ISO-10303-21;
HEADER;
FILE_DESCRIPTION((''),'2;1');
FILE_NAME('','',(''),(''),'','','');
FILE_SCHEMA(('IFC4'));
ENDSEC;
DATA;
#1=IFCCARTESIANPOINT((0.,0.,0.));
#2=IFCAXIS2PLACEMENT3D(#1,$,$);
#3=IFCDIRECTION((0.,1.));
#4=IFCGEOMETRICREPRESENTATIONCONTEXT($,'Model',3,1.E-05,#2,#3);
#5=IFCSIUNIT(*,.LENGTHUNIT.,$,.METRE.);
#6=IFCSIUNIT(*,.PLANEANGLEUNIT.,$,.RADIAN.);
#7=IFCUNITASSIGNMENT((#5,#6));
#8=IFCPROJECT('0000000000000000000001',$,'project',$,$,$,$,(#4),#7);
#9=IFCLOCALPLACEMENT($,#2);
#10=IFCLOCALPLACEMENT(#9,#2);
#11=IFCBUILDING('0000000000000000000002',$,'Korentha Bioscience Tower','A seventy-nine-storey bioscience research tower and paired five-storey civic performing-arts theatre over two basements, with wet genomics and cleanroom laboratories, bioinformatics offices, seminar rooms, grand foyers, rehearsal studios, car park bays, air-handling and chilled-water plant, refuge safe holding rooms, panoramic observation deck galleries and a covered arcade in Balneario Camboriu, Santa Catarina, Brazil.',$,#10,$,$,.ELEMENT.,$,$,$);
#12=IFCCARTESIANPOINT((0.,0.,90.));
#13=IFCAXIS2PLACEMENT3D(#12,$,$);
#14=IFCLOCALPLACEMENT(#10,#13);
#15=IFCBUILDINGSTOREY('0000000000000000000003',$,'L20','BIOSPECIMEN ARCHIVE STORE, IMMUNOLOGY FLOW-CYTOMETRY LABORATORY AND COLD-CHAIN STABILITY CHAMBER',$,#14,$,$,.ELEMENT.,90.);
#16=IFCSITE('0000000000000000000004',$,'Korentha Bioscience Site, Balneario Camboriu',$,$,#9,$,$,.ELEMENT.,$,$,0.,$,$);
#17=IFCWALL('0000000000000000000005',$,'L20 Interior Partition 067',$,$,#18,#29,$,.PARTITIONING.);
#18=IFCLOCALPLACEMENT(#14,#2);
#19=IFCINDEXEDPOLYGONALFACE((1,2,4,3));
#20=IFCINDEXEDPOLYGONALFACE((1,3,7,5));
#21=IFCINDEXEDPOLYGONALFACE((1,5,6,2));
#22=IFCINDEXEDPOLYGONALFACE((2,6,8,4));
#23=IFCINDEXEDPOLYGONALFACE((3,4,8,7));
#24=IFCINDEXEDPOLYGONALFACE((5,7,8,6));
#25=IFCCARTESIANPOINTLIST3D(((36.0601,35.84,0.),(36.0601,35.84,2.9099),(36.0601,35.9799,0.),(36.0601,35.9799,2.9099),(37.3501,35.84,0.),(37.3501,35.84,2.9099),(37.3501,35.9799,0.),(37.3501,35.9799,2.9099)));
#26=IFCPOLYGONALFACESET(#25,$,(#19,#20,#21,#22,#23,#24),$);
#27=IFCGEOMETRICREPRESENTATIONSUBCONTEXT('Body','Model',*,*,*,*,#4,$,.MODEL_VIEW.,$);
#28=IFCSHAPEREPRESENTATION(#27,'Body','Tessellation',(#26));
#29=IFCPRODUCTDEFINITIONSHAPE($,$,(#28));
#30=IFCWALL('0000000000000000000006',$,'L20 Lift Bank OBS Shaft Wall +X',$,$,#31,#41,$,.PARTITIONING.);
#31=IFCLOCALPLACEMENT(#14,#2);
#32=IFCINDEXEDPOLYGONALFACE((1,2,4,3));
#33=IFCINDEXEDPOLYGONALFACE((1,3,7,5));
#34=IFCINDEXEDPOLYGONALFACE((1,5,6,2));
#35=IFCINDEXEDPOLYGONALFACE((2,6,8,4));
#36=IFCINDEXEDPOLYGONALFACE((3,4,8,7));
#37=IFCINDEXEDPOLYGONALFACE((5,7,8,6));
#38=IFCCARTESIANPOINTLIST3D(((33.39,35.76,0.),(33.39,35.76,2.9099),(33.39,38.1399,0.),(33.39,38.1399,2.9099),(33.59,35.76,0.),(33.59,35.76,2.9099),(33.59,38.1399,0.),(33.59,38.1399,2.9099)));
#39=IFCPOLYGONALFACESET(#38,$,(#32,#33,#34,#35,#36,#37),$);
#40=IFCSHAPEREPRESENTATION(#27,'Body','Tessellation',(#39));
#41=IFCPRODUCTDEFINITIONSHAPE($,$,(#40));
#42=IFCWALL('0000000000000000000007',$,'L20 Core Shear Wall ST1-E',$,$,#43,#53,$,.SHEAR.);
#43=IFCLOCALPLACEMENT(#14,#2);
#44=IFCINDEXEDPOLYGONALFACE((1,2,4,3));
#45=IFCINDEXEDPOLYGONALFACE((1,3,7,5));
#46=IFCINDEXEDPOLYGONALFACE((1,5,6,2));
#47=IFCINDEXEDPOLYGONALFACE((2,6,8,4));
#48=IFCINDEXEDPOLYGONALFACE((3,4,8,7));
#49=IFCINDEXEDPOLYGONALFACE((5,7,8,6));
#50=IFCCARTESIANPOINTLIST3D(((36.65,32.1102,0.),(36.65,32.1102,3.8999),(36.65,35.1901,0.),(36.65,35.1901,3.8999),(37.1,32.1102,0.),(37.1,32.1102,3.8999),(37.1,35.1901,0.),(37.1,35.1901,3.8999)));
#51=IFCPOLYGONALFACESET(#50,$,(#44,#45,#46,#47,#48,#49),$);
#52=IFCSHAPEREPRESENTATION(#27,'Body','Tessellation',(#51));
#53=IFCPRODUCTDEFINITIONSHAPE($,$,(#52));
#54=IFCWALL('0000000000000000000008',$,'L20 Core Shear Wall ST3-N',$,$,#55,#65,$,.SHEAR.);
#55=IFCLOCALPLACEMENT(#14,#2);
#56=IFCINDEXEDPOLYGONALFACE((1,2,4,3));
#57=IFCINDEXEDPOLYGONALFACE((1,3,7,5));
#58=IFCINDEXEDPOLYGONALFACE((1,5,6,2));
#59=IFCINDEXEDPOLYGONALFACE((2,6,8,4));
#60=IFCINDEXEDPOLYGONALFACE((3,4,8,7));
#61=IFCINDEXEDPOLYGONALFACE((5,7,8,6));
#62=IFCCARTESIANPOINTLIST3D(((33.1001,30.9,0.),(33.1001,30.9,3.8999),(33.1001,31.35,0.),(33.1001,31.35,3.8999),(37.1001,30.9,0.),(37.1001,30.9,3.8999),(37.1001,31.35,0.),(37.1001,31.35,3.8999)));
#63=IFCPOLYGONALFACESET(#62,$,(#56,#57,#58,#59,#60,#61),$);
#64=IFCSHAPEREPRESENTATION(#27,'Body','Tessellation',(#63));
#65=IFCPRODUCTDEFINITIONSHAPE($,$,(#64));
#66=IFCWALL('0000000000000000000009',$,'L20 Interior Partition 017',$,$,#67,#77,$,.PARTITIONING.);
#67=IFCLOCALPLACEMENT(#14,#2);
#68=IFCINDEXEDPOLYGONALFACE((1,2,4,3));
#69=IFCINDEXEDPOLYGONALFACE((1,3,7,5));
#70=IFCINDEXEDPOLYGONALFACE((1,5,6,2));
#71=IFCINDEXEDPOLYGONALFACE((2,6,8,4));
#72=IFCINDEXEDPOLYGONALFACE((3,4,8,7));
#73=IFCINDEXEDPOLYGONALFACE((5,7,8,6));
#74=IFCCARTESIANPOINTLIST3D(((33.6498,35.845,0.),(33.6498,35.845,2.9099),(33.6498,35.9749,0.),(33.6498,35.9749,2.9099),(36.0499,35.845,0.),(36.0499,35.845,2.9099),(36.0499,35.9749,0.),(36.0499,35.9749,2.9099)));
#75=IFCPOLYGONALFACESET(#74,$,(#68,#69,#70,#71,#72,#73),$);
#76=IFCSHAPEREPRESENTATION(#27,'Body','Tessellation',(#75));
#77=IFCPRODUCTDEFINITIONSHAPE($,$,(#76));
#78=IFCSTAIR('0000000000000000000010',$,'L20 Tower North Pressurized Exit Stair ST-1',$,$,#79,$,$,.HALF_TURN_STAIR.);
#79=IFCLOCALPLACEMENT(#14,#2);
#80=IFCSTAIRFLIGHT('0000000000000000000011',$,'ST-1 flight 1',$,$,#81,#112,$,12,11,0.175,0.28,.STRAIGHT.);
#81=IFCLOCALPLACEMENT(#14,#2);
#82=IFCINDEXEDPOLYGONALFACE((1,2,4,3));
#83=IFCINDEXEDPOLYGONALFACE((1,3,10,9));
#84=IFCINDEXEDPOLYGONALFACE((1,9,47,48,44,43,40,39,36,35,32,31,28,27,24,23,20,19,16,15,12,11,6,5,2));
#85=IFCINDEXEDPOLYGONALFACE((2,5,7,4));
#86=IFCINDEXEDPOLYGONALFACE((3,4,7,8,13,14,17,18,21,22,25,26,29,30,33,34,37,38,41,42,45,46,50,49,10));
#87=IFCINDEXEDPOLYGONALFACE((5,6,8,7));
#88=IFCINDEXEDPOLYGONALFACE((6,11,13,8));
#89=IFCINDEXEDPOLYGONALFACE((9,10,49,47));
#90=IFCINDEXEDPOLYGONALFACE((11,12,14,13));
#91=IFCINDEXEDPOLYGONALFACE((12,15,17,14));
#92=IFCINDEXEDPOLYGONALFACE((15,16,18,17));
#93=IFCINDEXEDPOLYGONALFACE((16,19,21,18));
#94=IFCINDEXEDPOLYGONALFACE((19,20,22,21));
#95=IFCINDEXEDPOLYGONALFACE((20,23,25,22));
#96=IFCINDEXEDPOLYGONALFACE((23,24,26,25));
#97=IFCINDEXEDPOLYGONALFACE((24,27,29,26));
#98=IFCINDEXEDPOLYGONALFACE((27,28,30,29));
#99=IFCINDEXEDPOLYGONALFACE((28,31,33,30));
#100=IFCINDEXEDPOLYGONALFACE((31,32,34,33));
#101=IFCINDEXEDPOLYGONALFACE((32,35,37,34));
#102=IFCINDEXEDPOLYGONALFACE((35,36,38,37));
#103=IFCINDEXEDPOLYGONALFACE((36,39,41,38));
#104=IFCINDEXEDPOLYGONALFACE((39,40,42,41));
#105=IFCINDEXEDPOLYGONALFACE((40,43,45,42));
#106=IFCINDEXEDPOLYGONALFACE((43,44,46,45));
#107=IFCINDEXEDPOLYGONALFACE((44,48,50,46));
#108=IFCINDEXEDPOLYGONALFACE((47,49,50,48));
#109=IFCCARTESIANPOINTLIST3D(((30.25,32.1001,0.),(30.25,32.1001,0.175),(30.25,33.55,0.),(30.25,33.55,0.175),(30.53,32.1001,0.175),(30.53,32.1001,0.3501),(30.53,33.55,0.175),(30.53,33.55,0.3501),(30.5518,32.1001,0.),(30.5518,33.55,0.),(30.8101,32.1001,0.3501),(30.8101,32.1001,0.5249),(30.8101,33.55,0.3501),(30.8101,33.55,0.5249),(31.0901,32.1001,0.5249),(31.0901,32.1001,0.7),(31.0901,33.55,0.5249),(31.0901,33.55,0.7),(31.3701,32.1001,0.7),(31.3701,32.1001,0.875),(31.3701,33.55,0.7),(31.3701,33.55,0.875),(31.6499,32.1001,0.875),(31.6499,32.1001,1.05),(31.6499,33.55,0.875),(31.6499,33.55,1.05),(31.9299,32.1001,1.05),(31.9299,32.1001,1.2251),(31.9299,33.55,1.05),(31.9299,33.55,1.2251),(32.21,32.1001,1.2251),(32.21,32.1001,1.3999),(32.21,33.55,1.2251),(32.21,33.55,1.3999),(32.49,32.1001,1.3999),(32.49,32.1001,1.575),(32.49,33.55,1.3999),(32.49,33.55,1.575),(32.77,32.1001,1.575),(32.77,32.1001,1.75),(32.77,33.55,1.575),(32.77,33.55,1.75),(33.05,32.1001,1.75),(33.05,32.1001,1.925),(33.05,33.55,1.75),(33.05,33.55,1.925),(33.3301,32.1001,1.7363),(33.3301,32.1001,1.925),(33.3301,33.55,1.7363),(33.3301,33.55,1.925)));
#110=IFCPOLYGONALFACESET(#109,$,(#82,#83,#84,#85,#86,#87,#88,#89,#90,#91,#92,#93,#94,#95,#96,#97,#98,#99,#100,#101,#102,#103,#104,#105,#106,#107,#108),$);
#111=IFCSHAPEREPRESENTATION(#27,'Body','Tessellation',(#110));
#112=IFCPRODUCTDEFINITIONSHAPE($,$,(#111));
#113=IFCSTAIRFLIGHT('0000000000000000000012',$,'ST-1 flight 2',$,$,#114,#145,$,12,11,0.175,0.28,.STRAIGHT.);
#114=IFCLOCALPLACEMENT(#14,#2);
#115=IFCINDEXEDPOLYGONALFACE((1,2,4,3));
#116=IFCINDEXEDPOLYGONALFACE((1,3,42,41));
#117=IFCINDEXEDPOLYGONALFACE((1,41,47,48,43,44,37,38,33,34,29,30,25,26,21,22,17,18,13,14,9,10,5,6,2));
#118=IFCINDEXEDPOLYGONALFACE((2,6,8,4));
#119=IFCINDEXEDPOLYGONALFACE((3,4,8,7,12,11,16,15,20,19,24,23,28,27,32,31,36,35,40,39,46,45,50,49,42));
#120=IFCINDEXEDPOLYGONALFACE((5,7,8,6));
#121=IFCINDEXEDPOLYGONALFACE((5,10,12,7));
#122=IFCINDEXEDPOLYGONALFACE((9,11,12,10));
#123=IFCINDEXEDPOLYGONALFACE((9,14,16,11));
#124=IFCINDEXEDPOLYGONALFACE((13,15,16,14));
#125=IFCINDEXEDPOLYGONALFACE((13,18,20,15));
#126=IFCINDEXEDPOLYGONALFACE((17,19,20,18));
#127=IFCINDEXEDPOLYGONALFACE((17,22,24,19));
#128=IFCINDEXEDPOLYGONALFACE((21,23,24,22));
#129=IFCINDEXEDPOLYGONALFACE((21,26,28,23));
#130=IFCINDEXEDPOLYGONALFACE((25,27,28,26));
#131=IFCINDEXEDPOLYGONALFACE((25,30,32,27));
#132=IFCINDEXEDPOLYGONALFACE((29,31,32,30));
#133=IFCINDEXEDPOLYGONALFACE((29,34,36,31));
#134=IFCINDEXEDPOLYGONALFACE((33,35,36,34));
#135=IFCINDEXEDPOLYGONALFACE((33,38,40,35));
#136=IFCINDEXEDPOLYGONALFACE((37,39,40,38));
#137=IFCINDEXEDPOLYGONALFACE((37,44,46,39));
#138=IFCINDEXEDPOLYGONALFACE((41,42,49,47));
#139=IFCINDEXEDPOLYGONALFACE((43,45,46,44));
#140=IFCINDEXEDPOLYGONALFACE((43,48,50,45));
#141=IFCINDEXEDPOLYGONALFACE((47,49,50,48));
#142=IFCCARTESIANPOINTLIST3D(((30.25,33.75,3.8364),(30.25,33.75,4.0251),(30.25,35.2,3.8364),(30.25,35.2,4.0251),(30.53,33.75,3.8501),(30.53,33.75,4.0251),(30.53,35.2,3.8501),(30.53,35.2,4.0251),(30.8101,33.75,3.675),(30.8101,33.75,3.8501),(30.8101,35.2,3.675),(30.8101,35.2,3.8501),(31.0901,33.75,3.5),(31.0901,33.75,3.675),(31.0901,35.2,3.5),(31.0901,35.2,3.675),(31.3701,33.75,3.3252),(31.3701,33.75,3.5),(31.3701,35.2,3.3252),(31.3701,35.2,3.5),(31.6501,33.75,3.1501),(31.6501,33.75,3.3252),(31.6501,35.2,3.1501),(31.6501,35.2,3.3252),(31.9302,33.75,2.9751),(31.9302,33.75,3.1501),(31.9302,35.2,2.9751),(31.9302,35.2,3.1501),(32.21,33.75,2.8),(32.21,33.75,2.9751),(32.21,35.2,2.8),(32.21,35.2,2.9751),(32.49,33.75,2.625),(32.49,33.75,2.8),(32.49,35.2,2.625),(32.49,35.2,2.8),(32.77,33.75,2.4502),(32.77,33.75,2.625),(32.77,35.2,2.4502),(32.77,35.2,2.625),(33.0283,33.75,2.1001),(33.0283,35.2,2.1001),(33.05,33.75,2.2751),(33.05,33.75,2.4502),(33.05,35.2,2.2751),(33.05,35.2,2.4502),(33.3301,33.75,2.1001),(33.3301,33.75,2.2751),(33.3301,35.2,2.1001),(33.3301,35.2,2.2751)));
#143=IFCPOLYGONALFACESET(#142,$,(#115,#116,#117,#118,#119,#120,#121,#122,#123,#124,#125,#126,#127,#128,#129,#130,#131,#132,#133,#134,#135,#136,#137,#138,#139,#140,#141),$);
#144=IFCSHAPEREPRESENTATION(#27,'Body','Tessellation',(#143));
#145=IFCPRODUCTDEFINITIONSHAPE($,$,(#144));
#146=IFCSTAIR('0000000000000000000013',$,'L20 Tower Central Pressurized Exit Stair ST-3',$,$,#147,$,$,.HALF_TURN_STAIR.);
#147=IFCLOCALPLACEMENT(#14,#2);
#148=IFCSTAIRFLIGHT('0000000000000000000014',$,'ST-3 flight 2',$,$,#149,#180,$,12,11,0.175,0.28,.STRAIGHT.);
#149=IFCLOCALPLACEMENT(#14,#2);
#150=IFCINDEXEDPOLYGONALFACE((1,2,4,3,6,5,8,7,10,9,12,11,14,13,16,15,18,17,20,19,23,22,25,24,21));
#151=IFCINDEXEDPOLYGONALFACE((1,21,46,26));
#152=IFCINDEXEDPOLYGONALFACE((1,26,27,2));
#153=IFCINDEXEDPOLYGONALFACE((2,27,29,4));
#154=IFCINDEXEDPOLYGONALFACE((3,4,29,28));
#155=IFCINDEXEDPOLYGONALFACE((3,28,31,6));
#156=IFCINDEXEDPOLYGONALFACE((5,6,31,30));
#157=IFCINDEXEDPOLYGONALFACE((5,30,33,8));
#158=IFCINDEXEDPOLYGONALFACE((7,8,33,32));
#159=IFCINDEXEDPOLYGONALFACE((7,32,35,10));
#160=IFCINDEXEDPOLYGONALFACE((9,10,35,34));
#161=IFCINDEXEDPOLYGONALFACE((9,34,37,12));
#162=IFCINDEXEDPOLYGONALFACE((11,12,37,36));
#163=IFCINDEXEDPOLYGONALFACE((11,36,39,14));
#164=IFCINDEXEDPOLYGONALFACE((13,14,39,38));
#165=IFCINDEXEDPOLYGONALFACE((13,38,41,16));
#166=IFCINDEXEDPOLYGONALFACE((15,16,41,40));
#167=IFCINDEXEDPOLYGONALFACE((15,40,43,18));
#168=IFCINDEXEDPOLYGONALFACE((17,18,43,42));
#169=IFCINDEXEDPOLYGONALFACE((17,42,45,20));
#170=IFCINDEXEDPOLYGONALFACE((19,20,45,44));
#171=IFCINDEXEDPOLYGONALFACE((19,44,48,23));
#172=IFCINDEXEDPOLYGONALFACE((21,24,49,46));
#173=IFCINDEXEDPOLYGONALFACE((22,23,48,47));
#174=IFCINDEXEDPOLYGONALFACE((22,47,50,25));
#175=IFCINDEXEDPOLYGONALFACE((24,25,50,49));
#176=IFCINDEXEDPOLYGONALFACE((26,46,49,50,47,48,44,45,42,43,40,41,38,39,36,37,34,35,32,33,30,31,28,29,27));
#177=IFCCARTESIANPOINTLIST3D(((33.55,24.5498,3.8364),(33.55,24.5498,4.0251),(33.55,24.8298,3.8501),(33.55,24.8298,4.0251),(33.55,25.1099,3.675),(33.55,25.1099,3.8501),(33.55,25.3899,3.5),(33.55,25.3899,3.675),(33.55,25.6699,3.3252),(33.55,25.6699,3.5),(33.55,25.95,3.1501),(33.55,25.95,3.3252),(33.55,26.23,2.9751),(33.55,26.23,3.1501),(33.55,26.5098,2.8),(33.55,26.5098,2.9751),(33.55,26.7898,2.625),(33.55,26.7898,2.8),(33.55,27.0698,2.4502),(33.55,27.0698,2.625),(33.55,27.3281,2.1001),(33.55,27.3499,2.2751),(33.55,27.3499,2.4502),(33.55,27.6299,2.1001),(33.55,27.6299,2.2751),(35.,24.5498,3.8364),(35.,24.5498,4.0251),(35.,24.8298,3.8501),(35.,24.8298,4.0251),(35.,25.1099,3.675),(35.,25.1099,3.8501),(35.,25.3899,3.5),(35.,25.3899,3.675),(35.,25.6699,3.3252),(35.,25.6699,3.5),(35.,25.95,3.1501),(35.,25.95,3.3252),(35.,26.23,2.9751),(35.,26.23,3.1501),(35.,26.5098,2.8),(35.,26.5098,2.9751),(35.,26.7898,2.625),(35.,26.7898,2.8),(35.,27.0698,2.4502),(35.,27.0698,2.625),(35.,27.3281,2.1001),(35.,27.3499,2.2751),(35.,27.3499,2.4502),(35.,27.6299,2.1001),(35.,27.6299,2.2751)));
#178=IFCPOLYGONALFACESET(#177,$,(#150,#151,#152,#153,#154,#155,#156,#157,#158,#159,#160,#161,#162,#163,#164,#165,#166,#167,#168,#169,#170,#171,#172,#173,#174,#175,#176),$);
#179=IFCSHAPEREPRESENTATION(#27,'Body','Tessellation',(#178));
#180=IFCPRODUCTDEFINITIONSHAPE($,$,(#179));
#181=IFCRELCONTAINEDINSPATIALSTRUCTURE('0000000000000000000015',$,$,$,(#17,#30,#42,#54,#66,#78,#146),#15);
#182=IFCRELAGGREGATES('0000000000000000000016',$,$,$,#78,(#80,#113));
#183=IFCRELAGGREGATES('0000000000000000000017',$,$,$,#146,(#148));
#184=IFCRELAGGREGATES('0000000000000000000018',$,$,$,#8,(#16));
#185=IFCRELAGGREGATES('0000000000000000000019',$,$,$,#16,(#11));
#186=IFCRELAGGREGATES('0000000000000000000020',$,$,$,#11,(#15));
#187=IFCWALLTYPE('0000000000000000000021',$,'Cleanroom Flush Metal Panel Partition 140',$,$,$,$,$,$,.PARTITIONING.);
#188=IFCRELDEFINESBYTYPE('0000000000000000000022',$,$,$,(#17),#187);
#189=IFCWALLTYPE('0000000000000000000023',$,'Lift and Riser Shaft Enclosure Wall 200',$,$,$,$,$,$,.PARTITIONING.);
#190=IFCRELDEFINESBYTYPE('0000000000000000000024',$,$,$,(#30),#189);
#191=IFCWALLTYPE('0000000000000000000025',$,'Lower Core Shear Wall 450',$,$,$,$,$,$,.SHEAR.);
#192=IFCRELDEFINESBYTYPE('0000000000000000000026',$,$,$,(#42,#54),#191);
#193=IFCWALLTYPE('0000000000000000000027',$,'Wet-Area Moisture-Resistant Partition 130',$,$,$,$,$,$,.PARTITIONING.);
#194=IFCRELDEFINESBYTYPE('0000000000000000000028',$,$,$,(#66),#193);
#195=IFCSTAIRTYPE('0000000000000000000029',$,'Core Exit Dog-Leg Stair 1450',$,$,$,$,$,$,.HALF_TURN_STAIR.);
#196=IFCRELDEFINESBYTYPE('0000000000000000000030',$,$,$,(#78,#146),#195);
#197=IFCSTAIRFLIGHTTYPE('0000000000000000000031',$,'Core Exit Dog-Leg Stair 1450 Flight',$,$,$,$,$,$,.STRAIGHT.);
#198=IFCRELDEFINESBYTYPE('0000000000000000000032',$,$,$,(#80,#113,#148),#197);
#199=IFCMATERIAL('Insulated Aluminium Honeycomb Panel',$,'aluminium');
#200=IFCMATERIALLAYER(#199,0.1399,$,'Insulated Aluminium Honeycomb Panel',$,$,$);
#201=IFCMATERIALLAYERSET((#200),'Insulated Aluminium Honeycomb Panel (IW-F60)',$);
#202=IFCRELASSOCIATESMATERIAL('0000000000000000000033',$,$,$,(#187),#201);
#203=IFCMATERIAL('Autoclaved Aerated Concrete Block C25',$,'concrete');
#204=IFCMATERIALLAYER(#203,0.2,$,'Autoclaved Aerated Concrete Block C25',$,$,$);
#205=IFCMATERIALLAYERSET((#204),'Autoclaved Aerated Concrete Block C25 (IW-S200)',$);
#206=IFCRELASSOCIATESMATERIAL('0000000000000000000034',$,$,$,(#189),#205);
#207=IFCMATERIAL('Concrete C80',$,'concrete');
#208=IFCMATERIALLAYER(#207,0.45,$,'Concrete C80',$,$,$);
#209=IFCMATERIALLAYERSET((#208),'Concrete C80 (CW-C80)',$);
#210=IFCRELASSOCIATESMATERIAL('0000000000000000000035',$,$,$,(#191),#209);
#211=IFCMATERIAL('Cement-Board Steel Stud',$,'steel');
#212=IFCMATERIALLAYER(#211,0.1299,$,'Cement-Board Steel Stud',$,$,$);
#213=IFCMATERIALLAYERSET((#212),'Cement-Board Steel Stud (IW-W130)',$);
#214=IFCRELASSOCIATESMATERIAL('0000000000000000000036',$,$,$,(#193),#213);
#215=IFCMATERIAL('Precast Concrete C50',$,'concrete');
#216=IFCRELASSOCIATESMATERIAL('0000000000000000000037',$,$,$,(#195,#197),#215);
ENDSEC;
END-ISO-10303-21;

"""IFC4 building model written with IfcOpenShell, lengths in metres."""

from ifc_helpers import new_model, si_unit, direction, frame, frame_2d, origin, place, context, subcontext, project, spatial, polyline, rectangle, outline, extrude, material, layer, layer_set, type_object, element, aggregate, save


model = new_model("IFC4")

# Units and contexts
model_context = context("Model", 3, precision=1e-05, world=origin(), true_north=direction((0.0, 1.0)))
body_context = subcontext(model_context, "Body", "Model", "MODEL_VIEW")
ifc_project = project(units=[si_unit("LENGTHUNIT", "METRE"), si_unit("PLANEANGLEUNIT", "RADIAN")], contexts=[model_context])

# Site, building, storey
site_placement = place(None, origin())
site = spatial("IfcSite", under=ifc_project, at=site_placement, Name="Korentha Bioscience Site, Balneario Camboriu", CompositionType="ELEMENT", RefElevation=0.0)
building_placement = place(site_placement, origin())
building = spatial("IfcBuilding", under=site, at=building_placement, Name="Korentha Bioscience Tower", Description="A seventy-nine-storey bioscience research tower and paired five-storey civic performing-arts theatre over two basements, with wet genomics and cleanroom laboratories, bioinformatics offices, seminar rooms, grand foyers, rehearsal studios, car park bays, air-handling and chilled-water plant, refuge safe holding rooms, panoramic observation deck galleries and a covered arcade in Balneario Camboriu, Santa Catarina, Brazil.", CompositionType="ELEMENT")
storey_placement = place(building_placement, frame((0.0, 0.0, 90.0)))
storey = spatial("IfcBuildingStorey", under=building, at=storey_placement, Name="L20", Description="BIOSPECIMEN ARCHIVE STORE, IMMUNOLOGY FLOW-CYTOMETRY LABORATORY AND COLD-CHAIN STABILITY CHAMBER", CompositionType="ELEMENT", Elevation=90.0)

# Walls
ifc_material_1 = material(Name="Insulated Aluminium Honeycomb Panel", Category="aluminium")
ifc_layer_1 = layer(ifc_material_1, 0.1399, Name="Insulated Aluminium Honeycomb Panel")
ifc_layer_set_1 = layer_set([ifc_layer_1], Name="Insulated Aluminium Honeycomb Panel (IW-F60)")
wall_type_1 = type_object("IfcWallType", Name="Cleanroom Flush Metal Panel Partition 140", PredefinedType="PARTITIONING", material=ifc_layer_set_1)
wall_1_placement = place(storey_placement, frame((37.3501, 35.9099, 0.0), z_axis=(0.0, 0.0, 1.0), x_axis=(-1.0, 0.0, 0.0)))
element("IfcWall", 1, at=wall_1_placement, inside=storey, type_object=wall_type_1, Name="L20 Interior Partition 067", PredefinedType="PARTITIONING", context=body_context, shape_type="SweptSolid", body=[
    extrude(rectangle(XDim=1.29, YDim=0.1399, at=frame_2d((0.645, 0.0))), origin(), (0.0, 0.0, 1.0), 2.9099),
])
ifc_material_2 = material(Name="Autoclaved Aerated Concrete Block C25", Category="concrete")
ifc_layer_2 = layer(ifc_material_2, 0.2, Name="Autoclaved Aerated Concrete Block C25")
ifc_layer_set_2 = layer_set([ifc_layer_2], Name="Autoclaved Aerated Concrete Block C25 (IW-S200)")
wall_type_2 = type_object("IfcWallType", Name="Lift and Riser Shaft Enclosure Wall 200", PredefinedType="PARTITIONING", material=ifc_layer_set_2)
wall_2_placement = place(storey_placement, frame((33.49, 35.76, 0.0), z_axis=(0.0, 0.0, 1.0), x_axis=(0.0, 1.0, 0.0)))
element("IfcWall", 2, at=wall_2_placement, inside=storey, type_object=wall_type_2, Name="L20 Lift Bank OBS Shaft Wall +X", PredefinedType="PARTITIONING", context=body_context, shape_type="SweptSolid", body=[
    extrude(rectangle(XDim=2.3799, YDim=0.2, at=frame_2d((1.1899, 0.0))), origin(), (0.0, 0.0, 1.0), 2.9099),
])
ifc_material_3 = material(Name="Concrete C80", Category="concrete")
ifc_layer_3 = layer(ifc_material_3, 0.45, Name="Concrete C80")
ifc_layer_set_3 = layer_set([ifc_layer_3], Name="Concrete C80 (CW-C80)")
wall_type_3 = type_object("IfcWallType", Name="Lower Core Shear Wall 450", PredefinedType="SHEAR", material=ifc_layer_set_3)
wall_3_placement = place(storey_placement, frame((36.875, 32.1101, 0.0), z_axis=(0.0, 0.0, 1.0), x_axis=(0.0, 1.0, 0.0)))
element("IfcWall", 3, at=wall_3_placement, inside=storey, type_object=wall_type_3, Name="L20 Core Shear Wall ST1-E", PredefinedType="SHEAR", context=body_context, shape_type="SweptSolid", body=[
    extrude(rectangle(XDim=3.0798, YDim=0.45, at=frame_2d((1.54, 0.0))), origin(), (0.0, 0.0, 1.0), 3.8999),
])
wall_4_placement = place(storey_placement, frame((33.1001, 31.125, 0.0), z_axis=(0.0, 0.0, 1.0), x_axis=(1.0, 0.0, 0.0)))
element("IfcWall", 4, at=wall_4_placement, inside=storey, type_object=wall_type_3, Name="L20 Core Shear Wall ST3-N", PredefinedType="SHEAR", context=body_context, shape_type="SweptSolid", body=[
    extrude(rectangle(XDim=4.0, YDim=0.45, at=frame_2d((2.0, 0.0))), origin(), (0.0, 0.0, 1.0), 3.8999),
])
ifc_material_4 = material(Name="Cement-Board Steel Stud", Category="steel")
ifc_layer_4 = layer(ifc_material_4, 0.1299, Name="Cement-Board Steel Stud")
ifc_layer_set_4 = layer_set([ifc_layer_4], Name="Cement-Board Steel Stud (IW-W130)")
wall_type_4 = type_object("IfcWallType", Name="Wet-Area Moisture-Resistant Partition 130", PredefinedType="PARTITIONING", material=ifc_layer_set_4)
wall_5_placement = place(storey_placement, frame((36.05, 35.9099, 0.0), z_axis=(0.0, 0.0, 1.0), x_axis=(-1.0, 0.0, 0.0)))
element("IfcWall", 5, at=wall_5_placement, inside=storey, type_object=wall_type_4, Name="L20 Interior Partition 017", PredefinedType="PARTITIONING", context=body_context, shape_type="SweptSolid", body=[
    extrude(rectangle(XDim=2.4001, YDim=0.1299, at=frame_2d((1.2002, 0.0))), origin(), (0.0, 0.0, 1.0), 2.9099),
])

# Stair, stair flights
ifc_material_5 = material(Name="Precast Concrete C50", Category="concrete")
stair_type = type_object("IfcStairType", Name="Core Exit Dog-Leg Stair 1450", PredefinedType="HALF_TURN_STAIR", material=ifc_material_5)
stair_1_placement = place(storey_placement, origin())
stair_1 = element("IfcStair", 6, at=stair_1_placement, inside=storey, type_object=stair_type, Name="L20 Tower North Pressurized Exit Stair ST-1", PredefinedType="HALF_TURN_STAIR")
stair_flight_type = type_object("IfcStairFlightType", Name="Core Exit Dog-Leg Stair 1450 Flight", PredefinedType="STRAIGHT", material=ifc_material_5)
stair_flight_1_placement = place(storey_placement, frame((30.25, 32.825, 0.0), z_axis=(0.0, 0.0, 1.0), x_axis=(1.0, 0.0, 0.0)))
stair_flight_1 = element("IfcStairFlight", 7, at=stair_flight_1_placement, type_object=stair_flight_type, Name="ST-1 flight 1", NumberOfRisers=12, NumberOfTreads=11, PredefinedType="STRAIGHT", RiserHeight=0.175, TreadLength=0.28, context=body_context, shape_type="SweptSolid", body=[
    extrude(outline(polyline([(0.0, 0.0), (0.0, 0.175), (0.28, 0.175), (0.28, 0.3501), (0.5601, 0.3501), (0.5601, 0.5249), (0.8401, 0.5249), (0.8401, 0.7), (1.1201, 0.7), (1.1201, 0.875), (1.3999, 0.875), (1.3999, 1.05), (1.6799, 1.05), (1.6799, 1.2251), (1.96, 1.2251), (1.96, 1.3999), (2.24, 1.3999), (2.24, 1.575), (2.52, 1.575), (2.52, 1.75), (2.8, 1.75), (2.8, 1.925), (3.0801, 1.925), (3.0801, 2.1001), (3.0801, 1.7363), (0.3018, 0.0), (0.0, 0.0)])), frame((0.0, 0.7251, 0.0), z_axis=(0.0, -1.0, 0.0), x_axis=(1.0, 0.0, 0.0)), (0.0, 0.0, 1.0), 1.45),
])
stair_flight_2_placement = place(storey_placement, frame((33.3301, 34.4751, 2.1001), z_axis=(0.0, 0.0, 1.0), x_axis=(-1.0, 0.0, 0.0)))
stair_flight_2 = element("IfcStairFlight", 8, at=stair_flight_2_placement, type_object=stair_flight_type, Name="ST-1 flight 2", NumberOfRisers=12, NumberOfTreads=11, PredefinedType="STRAIGHT", RiserHeight=0.175, TreadLength=0.28, context=body_context, shape_type="SweptSolid", body=[
    extrude(outline(polyline([(0.0, 0.0), (0.0, 0.175), (0.28, 0.175), (0.28, 0.3501), (0.5601, 0.3501), (0.5601, 0.5249), (0.8401, 0.5249), (0.8401, 0.7), (1.1201, 0.7), (1.1201, 0.875), (1.3999, 0.875), (1.3999, 1.05), (1.6799, 1.05), (1.6799, 1.2251), (1.96, 1.2251), (1.96, 1.3999), (2.24, 1.3999), (2.24, 1.575), (2.52, 1.575), (2.52, 1.75), (2.8, 1.75), (2.8, 1.925), (3.0801, 1.925), (3.0801, 2.1001), (3.0801, 1.7363), (0.3018, 0.0), (0.0, 0.0)])), frame((0.0, 0.7251, 0.0), z_axis=(0.0, -1.0, 0.0), x_axis=(1.0, 0.0, 0.0)), (0.0, 0.0, 1.0), 1.45),
])
aggregate(stair_1, [stair_flight_1, stair_flight_2])

# Stair, stair flight
stair_2_placement = place(storey_placement, origin())
stair_2 = element("IfcStair", 9, at=stair_2_placement, inside=storey, type_object=stair_type, Name="L20 Tower Central Pressurized Exit Stair ST-3", PredefinedType="HALF_TURN_STAIR")
stair_flight_3_placement = place(storey_placement, frame((34.2749, 27.6299, 2.1001), z_axis=(0.0, 0.0, 1.0), x_axis=(0.0, -1.0, 0.0)))
stair_flight_3 = element("IfcStairFlight", 10, at=stair_flight_3_placement, type_object=stair_flight_type, Name="ST-3 flight 2", NumberOfRisers=12, NumberOfTreads=11, PredefinedType="STRAIGHT", RiserHeight=0.175, TreadLength=0.28, context=body_context, shape_type="SweptSolid", body=[
    extrude(outline(polyline([(0.0, 0.0), (0.0, 0.175), (0.28, 0.175), (0.28, 0.3501), (0.5601, 0.3501), (0.5601, 0.5249), (0.8401, 0.5249), (0.8401, 0.7), (1.1201, 0.7), (1.1201, 0.875), (1.3999, 0.875), (1.3999, 1.05), (1.6799, 1.05), (1.6799, 1.2251), (1.96, 1.2251), (1.96, 1.3999), (2.24, 1.3999), (2.24, 1.575), (2.52, 1.575), (2.52, 1.75), (2.8, 1.75), (2.8, 1.925), (3.0801, 1.925), (3.0801, 2.1001), (3.0801, 1.7363), (0.3018, 0.0), (0.0, 0.0)])), frame((0.0, 0.7251, 0.0), z_axis=(0.0, -1.0, 0.0), x_axis=(1.0, 0.0, 0.0)), (0.0, 0.0, 1.0), 1.45),
])
aggregate(stair_2, [stair_flight_3])

save(model, "model.ifc")
